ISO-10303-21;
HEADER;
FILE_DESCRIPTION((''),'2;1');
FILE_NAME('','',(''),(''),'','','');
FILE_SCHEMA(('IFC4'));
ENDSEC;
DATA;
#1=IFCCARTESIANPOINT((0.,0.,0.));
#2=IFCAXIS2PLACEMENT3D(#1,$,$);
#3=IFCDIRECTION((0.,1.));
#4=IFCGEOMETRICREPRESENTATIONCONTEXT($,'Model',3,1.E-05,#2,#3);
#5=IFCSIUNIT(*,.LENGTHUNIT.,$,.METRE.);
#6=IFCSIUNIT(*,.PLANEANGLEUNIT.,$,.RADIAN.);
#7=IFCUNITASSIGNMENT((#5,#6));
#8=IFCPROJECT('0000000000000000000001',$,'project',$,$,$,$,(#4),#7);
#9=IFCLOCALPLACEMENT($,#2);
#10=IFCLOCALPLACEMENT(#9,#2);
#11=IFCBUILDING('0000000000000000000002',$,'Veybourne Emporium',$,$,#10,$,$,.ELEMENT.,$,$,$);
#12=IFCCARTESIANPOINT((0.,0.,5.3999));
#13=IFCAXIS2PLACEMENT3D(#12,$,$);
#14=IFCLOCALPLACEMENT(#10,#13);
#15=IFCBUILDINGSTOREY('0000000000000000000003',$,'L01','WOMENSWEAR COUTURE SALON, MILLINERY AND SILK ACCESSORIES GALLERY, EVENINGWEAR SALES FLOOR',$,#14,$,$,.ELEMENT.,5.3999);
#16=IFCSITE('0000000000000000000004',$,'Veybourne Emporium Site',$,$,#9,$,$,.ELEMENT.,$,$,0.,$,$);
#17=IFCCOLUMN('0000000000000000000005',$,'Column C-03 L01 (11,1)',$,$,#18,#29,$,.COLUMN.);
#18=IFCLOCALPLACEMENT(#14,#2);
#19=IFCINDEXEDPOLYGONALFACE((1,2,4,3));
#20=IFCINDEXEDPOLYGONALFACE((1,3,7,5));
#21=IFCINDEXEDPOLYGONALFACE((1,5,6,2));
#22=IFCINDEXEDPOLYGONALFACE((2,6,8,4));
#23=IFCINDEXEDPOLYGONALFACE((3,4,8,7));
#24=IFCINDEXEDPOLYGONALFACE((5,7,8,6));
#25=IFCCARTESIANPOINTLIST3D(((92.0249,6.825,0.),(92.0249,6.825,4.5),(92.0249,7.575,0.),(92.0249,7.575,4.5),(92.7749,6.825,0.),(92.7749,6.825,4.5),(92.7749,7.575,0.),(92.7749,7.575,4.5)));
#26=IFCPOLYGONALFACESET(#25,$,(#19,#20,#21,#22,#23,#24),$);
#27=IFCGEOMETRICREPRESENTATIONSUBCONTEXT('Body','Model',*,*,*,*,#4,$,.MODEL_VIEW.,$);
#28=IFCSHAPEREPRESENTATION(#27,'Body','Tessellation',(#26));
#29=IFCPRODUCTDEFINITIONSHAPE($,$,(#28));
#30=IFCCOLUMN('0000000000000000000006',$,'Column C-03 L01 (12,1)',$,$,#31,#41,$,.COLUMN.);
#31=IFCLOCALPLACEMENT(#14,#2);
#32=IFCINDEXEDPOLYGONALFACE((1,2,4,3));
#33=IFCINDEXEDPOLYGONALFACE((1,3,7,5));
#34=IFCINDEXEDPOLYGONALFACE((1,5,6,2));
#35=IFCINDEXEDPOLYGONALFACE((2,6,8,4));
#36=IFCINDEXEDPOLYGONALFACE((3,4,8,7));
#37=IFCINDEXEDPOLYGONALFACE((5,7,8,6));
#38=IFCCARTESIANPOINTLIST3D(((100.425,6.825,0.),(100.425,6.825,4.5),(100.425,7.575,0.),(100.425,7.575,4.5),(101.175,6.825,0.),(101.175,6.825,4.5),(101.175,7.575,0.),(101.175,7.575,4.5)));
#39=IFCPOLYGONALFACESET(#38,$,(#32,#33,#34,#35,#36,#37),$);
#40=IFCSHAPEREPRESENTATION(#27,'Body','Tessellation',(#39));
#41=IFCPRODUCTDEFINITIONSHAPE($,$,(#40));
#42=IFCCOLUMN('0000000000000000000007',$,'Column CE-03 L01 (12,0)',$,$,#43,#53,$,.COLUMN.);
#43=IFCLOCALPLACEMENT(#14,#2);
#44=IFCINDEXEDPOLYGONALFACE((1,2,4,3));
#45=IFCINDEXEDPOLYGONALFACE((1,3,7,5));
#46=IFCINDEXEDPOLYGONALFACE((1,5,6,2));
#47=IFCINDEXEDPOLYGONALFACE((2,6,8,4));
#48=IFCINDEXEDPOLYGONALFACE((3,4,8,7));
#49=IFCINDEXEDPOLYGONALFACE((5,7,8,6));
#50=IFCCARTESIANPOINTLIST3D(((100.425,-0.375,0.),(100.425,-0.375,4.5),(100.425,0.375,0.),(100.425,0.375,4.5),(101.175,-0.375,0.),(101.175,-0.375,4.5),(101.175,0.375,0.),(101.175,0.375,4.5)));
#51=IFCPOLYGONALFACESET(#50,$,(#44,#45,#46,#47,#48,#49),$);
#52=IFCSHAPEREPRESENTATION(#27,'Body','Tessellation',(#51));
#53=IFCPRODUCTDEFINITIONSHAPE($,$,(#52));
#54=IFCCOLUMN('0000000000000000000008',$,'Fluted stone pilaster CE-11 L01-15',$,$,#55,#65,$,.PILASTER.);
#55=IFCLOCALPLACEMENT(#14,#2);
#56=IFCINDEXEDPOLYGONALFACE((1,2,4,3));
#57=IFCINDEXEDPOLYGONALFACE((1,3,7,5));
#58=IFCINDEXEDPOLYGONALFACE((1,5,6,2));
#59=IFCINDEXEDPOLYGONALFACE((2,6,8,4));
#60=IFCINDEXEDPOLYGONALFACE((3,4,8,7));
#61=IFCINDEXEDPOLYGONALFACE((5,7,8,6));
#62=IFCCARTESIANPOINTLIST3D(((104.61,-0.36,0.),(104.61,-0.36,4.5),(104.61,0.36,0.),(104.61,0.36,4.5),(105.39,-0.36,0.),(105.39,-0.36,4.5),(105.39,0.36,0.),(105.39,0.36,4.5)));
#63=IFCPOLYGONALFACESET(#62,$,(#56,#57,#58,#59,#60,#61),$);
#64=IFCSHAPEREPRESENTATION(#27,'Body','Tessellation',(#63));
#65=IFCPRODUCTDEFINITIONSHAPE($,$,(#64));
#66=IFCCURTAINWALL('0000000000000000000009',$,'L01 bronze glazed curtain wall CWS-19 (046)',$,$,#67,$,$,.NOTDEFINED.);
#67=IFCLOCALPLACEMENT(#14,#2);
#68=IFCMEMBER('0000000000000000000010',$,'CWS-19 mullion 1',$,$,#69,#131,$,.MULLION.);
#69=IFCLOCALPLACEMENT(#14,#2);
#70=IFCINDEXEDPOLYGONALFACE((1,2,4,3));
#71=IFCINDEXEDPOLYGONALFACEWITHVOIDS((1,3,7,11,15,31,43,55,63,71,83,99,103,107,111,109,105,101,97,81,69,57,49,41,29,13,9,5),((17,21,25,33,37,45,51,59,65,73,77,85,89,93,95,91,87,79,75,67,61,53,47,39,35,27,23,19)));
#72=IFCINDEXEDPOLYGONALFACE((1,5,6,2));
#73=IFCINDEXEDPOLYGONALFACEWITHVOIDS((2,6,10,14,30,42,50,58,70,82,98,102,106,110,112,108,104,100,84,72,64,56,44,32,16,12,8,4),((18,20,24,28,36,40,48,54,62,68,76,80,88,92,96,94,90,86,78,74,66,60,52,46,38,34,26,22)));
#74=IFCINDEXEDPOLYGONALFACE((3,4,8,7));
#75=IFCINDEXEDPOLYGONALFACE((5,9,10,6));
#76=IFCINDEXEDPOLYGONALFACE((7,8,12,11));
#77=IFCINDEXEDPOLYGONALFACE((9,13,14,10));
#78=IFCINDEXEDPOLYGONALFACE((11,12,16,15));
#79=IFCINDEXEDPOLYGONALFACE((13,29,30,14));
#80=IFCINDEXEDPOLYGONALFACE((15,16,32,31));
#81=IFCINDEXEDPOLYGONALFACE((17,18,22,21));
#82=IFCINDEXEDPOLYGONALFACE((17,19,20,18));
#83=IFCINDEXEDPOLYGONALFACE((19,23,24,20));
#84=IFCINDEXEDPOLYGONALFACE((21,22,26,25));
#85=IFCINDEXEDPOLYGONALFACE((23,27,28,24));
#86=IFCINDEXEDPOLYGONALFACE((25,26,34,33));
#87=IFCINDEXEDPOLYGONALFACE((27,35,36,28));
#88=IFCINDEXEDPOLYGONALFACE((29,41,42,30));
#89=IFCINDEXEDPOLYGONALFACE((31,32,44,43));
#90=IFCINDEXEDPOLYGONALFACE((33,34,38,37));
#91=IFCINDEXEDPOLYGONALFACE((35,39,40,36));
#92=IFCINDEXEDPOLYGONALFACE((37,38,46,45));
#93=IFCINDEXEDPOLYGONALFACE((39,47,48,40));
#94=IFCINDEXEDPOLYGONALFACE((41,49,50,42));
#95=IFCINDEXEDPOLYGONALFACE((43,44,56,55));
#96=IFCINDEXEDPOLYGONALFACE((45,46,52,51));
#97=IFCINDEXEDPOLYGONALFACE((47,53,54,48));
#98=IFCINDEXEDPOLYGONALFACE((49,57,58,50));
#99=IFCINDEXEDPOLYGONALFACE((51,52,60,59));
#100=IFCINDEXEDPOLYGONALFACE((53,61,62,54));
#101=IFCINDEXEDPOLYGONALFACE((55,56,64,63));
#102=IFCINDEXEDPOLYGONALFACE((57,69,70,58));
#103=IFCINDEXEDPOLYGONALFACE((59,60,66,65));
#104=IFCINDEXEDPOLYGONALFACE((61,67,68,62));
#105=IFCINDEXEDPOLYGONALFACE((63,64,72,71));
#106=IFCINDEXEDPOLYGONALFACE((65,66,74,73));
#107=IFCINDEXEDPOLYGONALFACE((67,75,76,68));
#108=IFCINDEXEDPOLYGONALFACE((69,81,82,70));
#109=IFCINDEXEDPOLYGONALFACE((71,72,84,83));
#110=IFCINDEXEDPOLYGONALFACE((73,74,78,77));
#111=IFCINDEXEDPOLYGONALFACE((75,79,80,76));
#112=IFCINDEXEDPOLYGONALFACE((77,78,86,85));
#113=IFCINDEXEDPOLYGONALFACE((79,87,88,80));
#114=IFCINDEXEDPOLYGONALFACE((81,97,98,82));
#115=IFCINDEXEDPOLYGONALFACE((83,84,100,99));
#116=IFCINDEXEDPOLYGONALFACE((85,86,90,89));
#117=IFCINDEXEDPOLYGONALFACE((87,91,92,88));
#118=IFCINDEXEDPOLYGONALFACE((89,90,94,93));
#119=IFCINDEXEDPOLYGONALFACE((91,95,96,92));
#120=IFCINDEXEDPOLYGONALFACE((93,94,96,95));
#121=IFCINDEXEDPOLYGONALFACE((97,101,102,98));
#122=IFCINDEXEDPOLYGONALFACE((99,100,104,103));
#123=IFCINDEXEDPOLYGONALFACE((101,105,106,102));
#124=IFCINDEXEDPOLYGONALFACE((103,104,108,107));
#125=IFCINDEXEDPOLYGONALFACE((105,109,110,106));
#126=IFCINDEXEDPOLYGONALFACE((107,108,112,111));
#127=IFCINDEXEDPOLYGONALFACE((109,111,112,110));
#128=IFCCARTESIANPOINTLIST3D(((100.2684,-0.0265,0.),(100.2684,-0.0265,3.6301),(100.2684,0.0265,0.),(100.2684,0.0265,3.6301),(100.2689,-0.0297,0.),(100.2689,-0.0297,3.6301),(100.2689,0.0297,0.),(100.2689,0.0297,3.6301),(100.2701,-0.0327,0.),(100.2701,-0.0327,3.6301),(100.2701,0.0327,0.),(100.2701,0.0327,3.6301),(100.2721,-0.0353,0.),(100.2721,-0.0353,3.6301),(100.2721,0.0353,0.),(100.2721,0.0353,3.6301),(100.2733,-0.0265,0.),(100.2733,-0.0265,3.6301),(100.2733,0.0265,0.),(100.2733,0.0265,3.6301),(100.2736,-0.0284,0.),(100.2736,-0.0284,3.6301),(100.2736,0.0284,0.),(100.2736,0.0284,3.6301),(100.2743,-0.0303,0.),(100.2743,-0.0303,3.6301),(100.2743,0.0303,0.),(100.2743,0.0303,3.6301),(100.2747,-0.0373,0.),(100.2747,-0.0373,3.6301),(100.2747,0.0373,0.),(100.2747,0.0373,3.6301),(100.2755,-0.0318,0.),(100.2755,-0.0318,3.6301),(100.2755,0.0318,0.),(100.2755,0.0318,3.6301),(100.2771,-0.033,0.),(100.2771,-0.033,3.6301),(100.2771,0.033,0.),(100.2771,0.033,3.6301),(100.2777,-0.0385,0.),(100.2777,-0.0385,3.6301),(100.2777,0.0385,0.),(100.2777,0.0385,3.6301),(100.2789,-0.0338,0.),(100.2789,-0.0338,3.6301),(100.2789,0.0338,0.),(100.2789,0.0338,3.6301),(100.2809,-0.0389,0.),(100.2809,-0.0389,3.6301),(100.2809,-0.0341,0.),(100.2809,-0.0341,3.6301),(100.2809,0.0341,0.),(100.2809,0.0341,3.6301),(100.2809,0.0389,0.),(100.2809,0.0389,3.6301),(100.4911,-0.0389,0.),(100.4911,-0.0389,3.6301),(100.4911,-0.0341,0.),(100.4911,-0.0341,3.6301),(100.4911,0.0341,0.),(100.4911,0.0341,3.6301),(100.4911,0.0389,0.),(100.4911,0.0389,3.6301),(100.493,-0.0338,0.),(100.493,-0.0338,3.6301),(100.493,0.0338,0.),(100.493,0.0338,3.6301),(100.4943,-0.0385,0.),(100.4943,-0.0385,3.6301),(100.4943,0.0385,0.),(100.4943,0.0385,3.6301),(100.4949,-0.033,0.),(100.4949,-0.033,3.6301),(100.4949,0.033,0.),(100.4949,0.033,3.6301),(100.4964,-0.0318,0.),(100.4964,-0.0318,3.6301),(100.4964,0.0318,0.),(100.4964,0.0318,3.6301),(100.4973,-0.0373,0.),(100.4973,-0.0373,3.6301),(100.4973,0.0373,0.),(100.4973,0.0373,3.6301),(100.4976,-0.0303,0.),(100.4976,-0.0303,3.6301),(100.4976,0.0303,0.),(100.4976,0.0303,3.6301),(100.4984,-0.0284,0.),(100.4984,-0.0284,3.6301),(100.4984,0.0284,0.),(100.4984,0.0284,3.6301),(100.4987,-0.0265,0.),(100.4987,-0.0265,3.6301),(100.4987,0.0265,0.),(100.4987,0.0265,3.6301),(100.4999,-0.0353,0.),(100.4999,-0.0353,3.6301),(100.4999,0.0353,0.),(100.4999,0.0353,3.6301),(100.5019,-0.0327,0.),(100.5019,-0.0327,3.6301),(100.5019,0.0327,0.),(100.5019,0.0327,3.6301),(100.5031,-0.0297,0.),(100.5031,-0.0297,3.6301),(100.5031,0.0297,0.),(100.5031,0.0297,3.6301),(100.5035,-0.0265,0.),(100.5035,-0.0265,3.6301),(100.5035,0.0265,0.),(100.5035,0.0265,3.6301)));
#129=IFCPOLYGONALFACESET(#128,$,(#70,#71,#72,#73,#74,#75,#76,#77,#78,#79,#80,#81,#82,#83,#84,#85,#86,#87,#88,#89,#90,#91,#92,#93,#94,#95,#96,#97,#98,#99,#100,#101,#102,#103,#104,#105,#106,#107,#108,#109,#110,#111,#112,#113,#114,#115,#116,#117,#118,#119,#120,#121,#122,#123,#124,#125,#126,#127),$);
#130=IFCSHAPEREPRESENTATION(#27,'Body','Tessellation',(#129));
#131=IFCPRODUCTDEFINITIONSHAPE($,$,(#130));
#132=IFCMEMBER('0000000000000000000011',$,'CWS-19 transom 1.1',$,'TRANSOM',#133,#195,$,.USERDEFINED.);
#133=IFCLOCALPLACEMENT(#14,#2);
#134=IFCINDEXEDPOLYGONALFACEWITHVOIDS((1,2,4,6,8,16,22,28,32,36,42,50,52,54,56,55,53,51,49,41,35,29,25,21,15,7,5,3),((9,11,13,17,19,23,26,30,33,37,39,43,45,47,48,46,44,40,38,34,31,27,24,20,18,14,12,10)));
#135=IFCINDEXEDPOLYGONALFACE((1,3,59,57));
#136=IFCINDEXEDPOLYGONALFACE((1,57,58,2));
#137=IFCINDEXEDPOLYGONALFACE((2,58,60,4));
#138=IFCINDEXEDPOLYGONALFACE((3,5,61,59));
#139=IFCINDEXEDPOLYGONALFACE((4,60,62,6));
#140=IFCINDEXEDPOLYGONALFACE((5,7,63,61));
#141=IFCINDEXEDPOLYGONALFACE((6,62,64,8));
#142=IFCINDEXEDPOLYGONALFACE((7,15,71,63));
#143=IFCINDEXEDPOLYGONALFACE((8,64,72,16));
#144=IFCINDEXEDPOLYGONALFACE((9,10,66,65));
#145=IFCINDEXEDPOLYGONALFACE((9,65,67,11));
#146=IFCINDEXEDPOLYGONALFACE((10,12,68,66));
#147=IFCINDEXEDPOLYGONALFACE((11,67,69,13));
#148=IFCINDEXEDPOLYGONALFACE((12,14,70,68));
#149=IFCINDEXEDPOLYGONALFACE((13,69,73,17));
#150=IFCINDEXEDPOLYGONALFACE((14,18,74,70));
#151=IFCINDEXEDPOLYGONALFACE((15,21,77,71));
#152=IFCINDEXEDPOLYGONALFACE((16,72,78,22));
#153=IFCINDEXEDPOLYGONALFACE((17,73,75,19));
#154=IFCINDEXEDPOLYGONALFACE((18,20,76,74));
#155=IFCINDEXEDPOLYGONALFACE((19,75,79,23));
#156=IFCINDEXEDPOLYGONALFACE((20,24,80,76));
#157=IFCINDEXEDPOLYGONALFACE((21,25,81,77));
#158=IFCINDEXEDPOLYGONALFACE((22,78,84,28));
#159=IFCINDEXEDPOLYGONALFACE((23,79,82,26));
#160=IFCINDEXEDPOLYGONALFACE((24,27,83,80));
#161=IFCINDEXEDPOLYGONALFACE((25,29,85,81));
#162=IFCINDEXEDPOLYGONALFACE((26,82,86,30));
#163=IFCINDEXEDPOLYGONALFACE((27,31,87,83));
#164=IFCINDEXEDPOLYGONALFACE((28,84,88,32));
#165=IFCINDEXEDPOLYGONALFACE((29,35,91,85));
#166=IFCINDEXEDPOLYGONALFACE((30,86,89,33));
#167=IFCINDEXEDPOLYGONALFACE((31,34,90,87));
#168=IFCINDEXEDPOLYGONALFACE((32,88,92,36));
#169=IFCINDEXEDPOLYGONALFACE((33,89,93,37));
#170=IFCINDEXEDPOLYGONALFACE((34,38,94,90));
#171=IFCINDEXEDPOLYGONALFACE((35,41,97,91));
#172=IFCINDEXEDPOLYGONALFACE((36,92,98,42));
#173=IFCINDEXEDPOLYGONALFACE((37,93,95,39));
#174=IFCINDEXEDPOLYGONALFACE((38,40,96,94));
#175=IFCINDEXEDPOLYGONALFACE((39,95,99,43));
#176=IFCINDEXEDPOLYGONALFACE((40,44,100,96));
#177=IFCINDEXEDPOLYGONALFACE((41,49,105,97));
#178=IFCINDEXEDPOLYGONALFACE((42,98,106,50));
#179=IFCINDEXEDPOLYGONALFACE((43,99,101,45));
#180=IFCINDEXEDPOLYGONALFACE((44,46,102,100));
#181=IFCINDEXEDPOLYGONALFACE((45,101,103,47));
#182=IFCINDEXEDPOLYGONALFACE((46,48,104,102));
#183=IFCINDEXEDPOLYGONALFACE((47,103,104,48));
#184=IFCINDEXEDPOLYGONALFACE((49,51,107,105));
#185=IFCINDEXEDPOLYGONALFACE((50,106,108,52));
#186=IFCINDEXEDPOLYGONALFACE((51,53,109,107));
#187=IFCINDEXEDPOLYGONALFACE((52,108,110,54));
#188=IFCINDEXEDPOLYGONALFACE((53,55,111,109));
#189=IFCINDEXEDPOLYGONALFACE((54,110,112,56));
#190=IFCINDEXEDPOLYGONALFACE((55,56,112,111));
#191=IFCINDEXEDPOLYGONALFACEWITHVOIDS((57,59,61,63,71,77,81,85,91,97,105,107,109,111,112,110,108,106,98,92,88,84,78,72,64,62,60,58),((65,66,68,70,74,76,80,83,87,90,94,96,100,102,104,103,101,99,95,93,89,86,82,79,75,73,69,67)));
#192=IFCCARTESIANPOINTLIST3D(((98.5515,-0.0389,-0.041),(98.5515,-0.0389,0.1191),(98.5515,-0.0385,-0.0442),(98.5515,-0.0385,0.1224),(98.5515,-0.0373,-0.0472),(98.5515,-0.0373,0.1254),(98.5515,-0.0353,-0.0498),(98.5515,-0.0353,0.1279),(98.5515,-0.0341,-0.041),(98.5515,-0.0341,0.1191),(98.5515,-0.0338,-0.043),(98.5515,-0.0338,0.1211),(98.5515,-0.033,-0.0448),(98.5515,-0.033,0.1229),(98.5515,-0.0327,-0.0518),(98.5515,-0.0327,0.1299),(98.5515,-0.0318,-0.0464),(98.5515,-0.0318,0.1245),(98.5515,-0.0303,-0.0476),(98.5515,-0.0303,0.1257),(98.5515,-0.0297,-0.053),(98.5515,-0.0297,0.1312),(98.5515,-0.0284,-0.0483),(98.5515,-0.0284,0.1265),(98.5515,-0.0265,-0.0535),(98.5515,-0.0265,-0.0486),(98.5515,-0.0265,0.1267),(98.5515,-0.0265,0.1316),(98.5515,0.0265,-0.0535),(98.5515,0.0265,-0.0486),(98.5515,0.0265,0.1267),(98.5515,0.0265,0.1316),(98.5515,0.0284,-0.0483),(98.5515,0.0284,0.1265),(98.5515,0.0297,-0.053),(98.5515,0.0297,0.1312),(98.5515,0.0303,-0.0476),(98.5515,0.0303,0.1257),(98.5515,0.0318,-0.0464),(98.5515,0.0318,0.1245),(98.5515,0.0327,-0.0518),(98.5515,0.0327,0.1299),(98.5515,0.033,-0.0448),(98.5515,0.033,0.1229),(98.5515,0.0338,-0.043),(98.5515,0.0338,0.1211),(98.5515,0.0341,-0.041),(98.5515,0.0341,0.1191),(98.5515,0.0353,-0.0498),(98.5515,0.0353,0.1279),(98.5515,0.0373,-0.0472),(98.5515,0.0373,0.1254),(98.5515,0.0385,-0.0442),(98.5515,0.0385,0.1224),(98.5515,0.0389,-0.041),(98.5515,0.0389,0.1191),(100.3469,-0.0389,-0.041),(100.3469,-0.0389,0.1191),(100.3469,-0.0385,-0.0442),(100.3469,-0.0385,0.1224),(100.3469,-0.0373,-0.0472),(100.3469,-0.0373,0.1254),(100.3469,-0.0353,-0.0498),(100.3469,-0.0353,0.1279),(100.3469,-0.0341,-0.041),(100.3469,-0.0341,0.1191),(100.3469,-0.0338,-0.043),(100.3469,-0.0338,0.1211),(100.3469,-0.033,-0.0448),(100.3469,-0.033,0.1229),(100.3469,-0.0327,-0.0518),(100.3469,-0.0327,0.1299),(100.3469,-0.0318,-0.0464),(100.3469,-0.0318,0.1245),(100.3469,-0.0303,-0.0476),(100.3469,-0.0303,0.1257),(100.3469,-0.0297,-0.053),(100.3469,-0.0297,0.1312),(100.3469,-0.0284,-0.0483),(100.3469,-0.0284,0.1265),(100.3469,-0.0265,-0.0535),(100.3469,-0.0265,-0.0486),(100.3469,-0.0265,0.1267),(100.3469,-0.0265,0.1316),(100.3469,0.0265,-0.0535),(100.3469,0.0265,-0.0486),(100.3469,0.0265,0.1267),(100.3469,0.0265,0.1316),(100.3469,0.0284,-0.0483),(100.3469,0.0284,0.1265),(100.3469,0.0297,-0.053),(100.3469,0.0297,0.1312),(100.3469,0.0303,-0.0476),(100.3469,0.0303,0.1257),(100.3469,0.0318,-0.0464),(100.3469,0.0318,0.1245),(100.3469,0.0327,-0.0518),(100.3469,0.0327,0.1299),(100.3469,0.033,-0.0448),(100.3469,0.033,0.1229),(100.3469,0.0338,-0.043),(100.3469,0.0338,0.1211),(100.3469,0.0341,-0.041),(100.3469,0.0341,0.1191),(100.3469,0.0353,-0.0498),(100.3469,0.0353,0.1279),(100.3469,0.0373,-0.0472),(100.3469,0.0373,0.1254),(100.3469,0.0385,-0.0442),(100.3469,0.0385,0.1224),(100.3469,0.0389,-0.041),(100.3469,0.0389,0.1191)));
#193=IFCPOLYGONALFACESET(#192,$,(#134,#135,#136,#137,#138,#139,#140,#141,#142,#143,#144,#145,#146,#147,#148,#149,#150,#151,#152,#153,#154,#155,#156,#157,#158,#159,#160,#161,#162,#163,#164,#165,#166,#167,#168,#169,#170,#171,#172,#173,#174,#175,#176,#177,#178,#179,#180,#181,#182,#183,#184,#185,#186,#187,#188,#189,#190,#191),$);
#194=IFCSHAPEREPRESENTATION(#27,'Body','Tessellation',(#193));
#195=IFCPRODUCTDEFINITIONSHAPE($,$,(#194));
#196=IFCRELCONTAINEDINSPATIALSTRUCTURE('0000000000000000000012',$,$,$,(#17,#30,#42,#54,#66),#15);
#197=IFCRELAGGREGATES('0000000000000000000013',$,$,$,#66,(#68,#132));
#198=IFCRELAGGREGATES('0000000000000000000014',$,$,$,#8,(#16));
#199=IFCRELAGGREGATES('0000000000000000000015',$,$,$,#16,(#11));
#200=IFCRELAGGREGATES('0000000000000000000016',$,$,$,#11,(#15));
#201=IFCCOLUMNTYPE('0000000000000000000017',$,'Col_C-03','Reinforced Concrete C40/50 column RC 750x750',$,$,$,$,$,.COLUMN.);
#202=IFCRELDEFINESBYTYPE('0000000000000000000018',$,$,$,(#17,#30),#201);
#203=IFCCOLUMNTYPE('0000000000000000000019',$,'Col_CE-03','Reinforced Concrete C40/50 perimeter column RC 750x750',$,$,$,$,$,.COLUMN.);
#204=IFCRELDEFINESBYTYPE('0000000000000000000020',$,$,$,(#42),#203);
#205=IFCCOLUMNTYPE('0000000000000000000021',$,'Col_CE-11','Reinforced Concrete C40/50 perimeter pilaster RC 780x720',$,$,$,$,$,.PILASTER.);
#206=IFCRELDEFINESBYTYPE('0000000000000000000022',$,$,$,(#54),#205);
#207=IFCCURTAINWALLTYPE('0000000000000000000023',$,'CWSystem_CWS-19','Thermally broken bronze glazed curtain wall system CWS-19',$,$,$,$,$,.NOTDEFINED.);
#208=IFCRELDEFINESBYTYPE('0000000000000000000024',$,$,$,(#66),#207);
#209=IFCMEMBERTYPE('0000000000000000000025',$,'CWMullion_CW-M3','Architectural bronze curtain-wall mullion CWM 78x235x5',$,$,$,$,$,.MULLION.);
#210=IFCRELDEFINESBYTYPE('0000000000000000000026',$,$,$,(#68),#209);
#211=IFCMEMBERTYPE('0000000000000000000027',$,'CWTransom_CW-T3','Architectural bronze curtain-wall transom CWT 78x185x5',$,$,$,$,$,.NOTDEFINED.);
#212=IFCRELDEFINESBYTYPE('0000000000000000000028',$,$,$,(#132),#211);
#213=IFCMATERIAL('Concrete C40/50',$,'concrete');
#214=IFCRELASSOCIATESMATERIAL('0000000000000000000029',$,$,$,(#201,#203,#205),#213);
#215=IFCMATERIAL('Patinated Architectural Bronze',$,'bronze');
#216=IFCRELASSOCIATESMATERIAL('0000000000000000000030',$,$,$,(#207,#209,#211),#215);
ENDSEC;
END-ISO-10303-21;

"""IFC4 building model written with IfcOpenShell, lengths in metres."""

from ifc_helpers import new_model, si_unit, direction, frame, origin, origin_2d, place, context, subcontext, project, spatial, rectangle, hollow_rectangle, extrude, material, material_profile, profile_set, type_object, element, aggregate, save


model = new_model("IFC4")

# Units and contexts
model_context = context("Model", 3, precision=1e-05, world=origin(), true_north=direction((0.0, 1.0)))
body_context = subcontext(model_context, "Body", "Model", "MODEL_VIEW")
ifc_project = project(units=[si_unit("LENGTHUNIT", "METRE"), si_unit("PLANEANGLEUNIT", "RADIAN")], contexts=[model_context])

# Site, building, storey
site_placement = place(None, origin())
site = spatial("IfcSite", under=ifc_project, at=site_placement, Name="Veybourne Emporium Site", CompositionType="ELEMENT", RefElevation=0.0)
building_placement = place(site_placement, origin())
building = spatial("IfcBuilding", under=site, at=building_placement, Name="Veybourne Emporium", CompositionType="ELEMENT")
storey_placement = place(building_placement, frame((0.0, 0.0, 5.3999)))
storey = spatial("IfcBuildingStorey", under=building, at=storey_placement, Name="L01", Description="WOMENSWEAR COUTURE SALON, MILLINERY AND SILK ACCESSORIES GALLERY, EVENINGWEAR SALES FLOOR", CompositionType="ELEMENT", Elevation=5.3999)

# Columns
ifc_material_1 = material(Name="Concrete C40/50", Category="concrete")
ifc_material_profile_1 = material_profile(ifc_material_1, rectangle(XDim=0.75, YDim=0.75, at=origin_2d()), Name="RC 750x750")
ifc_profile_set_1 = profile_set([ifc_material_profile_1], Name="Concrete C40/50")
column_type_1 = type_object("IfcColumnType", Name="Col_C-03", Description="Reinforced Concrete C40/50 column RC 750x750", PredefinedType="COLUMN", material=ifc_profile_set_1)
for number, where, z_axis, x_axis, name in (
    (1, (92.3999, 7.2, 0.0), (0.0, 0.0, 1.0), (1.0, 0.0, 0.0), "Column C-03 L01 (11,1)"),
    (2, (100.8, 7.2, 0.0), (0.0, 0.0, 1.0), (1.0, 0.0, 0.0), "Column C-03 L01 (12,1)"),
):
    element("IfcColumn", number, at=place(storey_placement, frame(where, z_axis=z_axis, x_axis=x_axis)), inside=storey, type_object=column_type_1, Name=name, PredefinedType="COLUMN", context=body_context, shape_type="SweptSolid", body=[
        extrude(rectangle(XDim=0.75, YDim=0.75, at=origin_2d()), origin(), (0.0, 0.0, 1.0), 4.5),
    ])
ifc_material_profile_2 = material_profile(ifc_material_1, rectangle(XDim=0.75, YDim=0.75, at=origin_2d()), Name="RC 750x750")
ifc_profile_set_2 = profile_set([ifc_material_profile_2], Name="Concrete C40/50")
column_type_2 = type_object("IfcColumnType", Name="Col_CE-03", Description="Reinforced Concrete C40/50 perimeter column RC 750x750", PredefinedType="COLUMN", material=ifc_profile_set_2)
column_1_placement = place(storey_placement, frame((100.8, 0.0, 0.0), z_axis=(0.0, 0.0, 1.0), x_axis=(1.0, 0.0, 0.0)))
element("IfcColumn", 3, at=column_1_placement, inside=storey, type_object=column_type_2, Name="Column CE-03 L01 (12,0)", PredefinedType="COLUMN", context=body_context, shape_type="SweptSolid", body=[
    extrude(rectangle(XDim=0.75, YDim=0.75, at=origin_2d()), origin(), (0.0, 0.0, 1.0), 4.5),
])
ifc_material_profile_3 = material_profile(ifc_material_1, rectangle(XDim=0.78, YDim=0.72, at=origin_2d()), Name="RC 780x720")
ifc_profile_set_3 = profile_set([ifc_material_profile_3], Name="Concrete C40/50")
column_type_3 = type_object("IfcColumnType", Name="Col_CE-11", Description="Reinforced Concrete C40/50 perimeter pilaster RC 780x720", PredefinedType="PILASTER", material=ifc_profile_set_3)
column_2_placement = place(storey_placement, frame((105.0, 0.0, 0.0), z_axis=(0.0, 0.0, 1.0), x_axis=(1.0, 0.0, 0.0)))
element("IfcColumn", 4, at=column_2_placement, inside=storey, type_object=column_type_3, Name="Fluted stone pilaster CE-11 L01-15", PredefinedType="PILASTER", context=body_context, shape_type="SweptSolid", body=[
    extrude(rectangle(XDim=0.78, YDim=0.72, at=origin_2d()), origin(), (0.0, 0.0, 1.0), 4.5),
])

# Curtain wall, members
ifc_material_2 = material(Name="Patinated Architectural Bronze", Category="bronze")
curtain_wall_type = type_object("IfcCurtainWallType", Name="CWSystem_CWS-19", Description="Thermally broken bronze glazed curtain wall system CWS-19", PredefinedType="NOTDEFINED", material=ifc_material_2)
curtain_wall_placement = place(storey_placement, origin())
curtain_wall = element("IfcCurtainWall", 5, at=curtain_wall_placement, inside=storey, type_object=curtain_wall_type, Name="L01 bronze glazed curtain wall CWS-19 (046)", PredefinedType="NOTDEFINED")
ifc_material_profile_4 = material_profile(ifc_material_2, hollow_rectangle(XDim=0.0779, YDim=0.2351, WallThickness=0.0049, InnerFilletRadius=0.0076, OuterFilletRadius=0.0125, at=origin_2d()), Name="CWM 78x235x5")
ifc_profile_set_4 = profile_set([ifc_material_profile_4], Name="Patinated Architectural Bronze")
member_type_1 = type_object("IfcMemberType", Name="CWMullion_CW-M3", Description="Architectural bronze curtain-wall mullion CWM 78x235x5", PredefinedType="MULLION", material=ifc_profile_set_4)
member_1_placement = place(storey_placement, frame((100.386, 0.0, 0.0), z_axis=(0.0, 0.0, 1.0), x_axis=(0.0, -1.0, 0.0)))
member_1 = element("IfcMember", 6, at=member_1_placement, type_object=member_type_1, Name="CWS-19 mullion 1", PredefinedType="MULLION", context=body_context, shape_type="SweptSolid", body=[
    extrude(hollow_rectangle(XDim=0.0779, YDim=0.2351, WallThickness=0.0049, InnerFilletRadius=0.0076, OuterFilletRadius=0.0125, at=origin_2d()), origin(), (0.0, 0.0, 1.0), 3.6301),
])
ifc_material_profile_5 = material_profile(ifc_material_2, hollow_rectangle(XDim=0.0779, YDim=0.1851, WallThickness=0.0049, InnerFilletRadius=0.0076, OuterFilletRadius=0.0125, at=origin_2d()), Name="CWT 78x185x5")
ifc_profile_set_5 = profile_set([ifc_material_profile_5], Name="Patinated Architectural Bronze")
member_type_2 = type_object("IfcMemberType", Name="CWTransom_CW-T3", Description="Architectural bronze curtain-wall transom CWT 78x185x5", PredefinedType="NOTDEFINED", material=ifc_profile_set_5)
member_2_placement = place(storey_placement, frame((100.3469, 0.0, 0.0391), z_axis=(-1.0, 0.0, 0.0), x_axis=(0.0, -1.0, 0.0)))
member_2 = element("IfcMember", 7, at=member_2_placement, type_object=member_type_2, Name="CWS-19 transom 1.1", ObjectType="TRANSOM", PredefinedType="USERDEFINED", context=body_context, shape_type="SweptSolid", body=[
    extrude(hollow_rectangle(XDim=0.0779, YDim=0.1851, WallThickness=0.0049, InnerFilletRadius=0.0076, OuterFilletRadius=0.0125, at=origin_2d()), origin(), (0.0, 0.0, 1.0), 1.7954),
])

aggregate(curtain_wall, [member_1, member_2])

save(model, "model.ifc")
